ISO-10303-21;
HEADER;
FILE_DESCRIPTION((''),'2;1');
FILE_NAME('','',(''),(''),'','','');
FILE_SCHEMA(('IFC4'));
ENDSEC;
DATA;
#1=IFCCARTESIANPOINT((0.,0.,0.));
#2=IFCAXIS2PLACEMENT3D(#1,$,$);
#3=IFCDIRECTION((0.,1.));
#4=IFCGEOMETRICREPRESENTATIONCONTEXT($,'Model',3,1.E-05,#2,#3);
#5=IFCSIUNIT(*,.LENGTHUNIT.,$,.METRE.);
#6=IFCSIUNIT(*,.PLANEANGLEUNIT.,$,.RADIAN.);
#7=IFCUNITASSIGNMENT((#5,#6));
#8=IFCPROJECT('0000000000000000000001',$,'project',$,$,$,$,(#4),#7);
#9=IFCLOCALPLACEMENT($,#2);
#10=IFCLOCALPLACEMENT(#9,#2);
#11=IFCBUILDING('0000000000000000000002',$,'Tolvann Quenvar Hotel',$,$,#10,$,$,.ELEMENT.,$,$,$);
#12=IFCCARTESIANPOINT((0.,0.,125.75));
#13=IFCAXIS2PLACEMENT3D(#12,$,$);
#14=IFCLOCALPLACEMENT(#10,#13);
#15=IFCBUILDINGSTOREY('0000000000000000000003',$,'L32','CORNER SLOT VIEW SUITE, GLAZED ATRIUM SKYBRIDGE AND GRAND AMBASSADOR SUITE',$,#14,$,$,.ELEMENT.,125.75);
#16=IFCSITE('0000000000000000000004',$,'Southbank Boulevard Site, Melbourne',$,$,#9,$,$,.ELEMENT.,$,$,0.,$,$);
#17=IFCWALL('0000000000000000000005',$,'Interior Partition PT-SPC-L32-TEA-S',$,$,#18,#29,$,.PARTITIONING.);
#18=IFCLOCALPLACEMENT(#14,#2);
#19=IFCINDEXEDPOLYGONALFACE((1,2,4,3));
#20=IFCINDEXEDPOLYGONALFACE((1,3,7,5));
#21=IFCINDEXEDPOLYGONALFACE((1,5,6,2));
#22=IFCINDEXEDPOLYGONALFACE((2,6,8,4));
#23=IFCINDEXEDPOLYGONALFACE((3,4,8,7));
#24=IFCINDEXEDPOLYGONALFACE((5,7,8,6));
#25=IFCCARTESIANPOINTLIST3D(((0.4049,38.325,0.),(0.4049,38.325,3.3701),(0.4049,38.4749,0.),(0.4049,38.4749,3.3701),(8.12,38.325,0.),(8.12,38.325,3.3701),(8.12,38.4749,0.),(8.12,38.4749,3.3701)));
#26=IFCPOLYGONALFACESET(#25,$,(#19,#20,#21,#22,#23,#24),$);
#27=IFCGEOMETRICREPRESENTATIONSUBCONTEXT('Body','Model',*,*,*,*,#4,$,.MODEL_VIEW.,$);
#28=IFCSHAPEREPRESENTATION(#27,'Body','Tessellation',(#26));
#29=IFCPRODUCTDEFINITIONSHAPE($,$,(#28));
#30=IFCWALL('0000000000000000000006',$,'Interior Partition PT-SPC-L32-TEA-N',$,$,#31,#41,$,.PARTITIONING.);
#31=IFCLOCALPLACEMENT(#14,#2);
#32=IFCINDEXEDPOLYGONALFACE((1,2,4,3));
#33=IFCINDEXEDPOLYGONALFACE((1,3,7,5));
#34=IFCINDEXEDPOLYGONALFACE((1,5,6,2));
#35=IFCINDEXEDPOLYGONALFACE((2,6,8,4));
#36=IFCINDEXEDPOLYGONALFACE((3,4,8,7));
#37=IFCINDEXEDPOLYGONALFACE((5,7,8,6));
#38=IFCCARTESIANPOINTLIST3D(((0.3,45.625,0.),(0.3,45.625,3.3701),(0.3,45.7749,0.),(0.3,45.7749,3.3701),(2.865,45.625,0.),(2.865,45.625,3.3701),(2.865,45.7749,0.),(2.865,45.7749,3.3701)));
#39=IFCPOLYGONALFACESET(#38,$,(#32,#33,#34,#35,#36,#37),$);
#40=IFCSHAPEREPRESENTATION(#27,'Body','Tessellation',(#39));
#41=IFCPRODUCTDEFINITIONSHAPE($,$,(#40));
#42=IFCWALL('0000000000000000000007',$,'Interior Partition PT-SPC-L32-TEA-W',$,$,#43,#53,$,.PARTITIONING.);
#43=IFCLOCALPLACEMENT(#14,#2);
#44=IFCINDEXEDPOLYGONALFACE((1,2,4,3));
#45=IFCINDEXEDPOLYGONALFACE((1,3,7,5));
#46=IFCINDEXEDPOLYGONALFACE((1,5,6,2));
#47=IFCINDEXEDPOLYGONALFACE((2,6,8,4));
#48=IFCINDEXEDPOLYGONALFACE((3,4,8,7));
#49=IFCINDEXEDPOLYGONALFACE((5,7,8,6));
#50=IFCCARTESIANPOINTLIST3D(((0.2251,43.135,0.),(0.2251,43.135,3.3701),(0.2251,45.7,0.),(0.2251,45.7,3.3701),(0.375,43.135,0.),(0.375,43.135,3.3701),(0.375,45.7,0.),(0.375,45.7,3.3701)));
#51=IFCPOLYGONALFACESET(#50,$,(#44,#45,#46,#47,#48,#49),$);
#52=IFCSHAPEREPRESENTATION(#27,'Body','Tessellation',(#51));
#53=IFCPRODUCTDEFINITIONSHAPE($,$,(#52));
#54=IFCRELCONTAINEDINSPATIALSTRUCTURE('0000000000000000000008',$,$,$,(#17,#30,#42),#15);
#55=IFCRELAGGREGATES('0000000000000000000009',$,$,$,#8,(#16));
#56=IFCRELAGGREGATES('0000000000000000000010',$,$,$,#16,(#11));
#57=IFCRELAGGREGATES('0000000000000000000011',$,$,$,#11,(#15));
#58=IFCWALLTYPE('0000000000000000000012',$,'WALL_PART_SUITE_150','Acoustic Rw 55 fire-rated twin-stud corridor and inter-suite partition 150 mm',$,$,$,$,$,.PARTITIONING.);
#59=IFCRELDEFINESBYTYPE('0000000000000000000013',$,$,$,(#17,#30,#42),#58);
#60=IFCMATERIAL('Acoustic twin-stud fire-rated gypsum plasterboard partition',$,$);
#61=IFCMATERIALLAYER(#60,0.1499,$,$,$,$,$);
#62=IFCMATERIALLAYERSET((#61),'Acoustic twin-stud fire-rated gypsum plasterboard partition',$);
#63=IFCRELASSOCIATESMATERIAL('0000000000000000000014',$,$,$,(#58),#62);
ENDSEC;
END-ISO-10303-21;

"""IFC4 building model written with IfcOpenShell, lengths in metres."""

from ifc_helpers import new_model, si_unit, direction, frame, frame_2d, origin, place, context, subcontext, project, spatial, rectangle, extrude, material, layer, layer_set, type_object, element, save


model = new_model("IFC4")

# Units and contexts
model_context = context("Model", 3, precision=1e-05, world=origin(), true_north=direction((0.0, 1.0)))
body_context = subcontext(model_context, "Body", "Model", "MODEL_VIEW")
ifc_project = project(units=[si_unit("LENGTHUNIT", "METRE"), si_unit("PLANEANGLEUNIT", "RADIAN")], contexts=[model_context])

# Site, building, storey
site_placement = place(None, origin())
site = spatial("IfcSite", under=ifc_project, at=site_placement, Name="Southbank Boulevard Site, Melbourne", CompositionType="ELEMENT", RefElevation=0.0)
building_placement = place(site_placement, origin())
building = spatial("IfcBuilding", under=site, at=building_placement, Name="Tolvann Quenvar Hotel", CompositionType="ELEMENT")
storey_placement = place(building_placement, frame((0.0, 0.0, 125.75)))
storey = spatial("IfcBuildingStorey", under=building, at=storey_placement, Name="L32", Description="CORNER SLOT VIEW SUITE, GLAZED ATRIUM SKYBRIDGE AND GRAND AMBASSADOR SUITE", CompositionType="ELEMENT", Elevation=125.75)

# Walls
ifc_material_1 = material(Name="Acoustic twin-stud fire-rated gypsum plasterboard partition")
ifc_layer_1 = layer(ifc_material_1, 0.1499)
ifc_layer_set_1 = layer_set([ifc_layer_1], Name="Acoustic twin-stud fire-rated gypsum plasterboard partition")
wall_type_1 = type_object("IfcWallType", Name="WALL_PART_SUITE_150", Description="Acoustic Rw 55 fire-rated twin-stud corridor and inter-suite partition 150 mm", PredefinedType="PARTITIONING", material=ifc_layer_set_1)
wall_1_placement = place(storey_placement, frame((0.405, 38.3999, 0.0), z_axis=(0.0, 0.0, 1.0), x_axis=(1.0, 0.0, 0.0)))
element("IfcWall", 1, at=wall_1_placement, inside=storey, type_object=wall_type_1, Name="Interior Partition PT-SPC-L32-TEA-S", PredefinedType="PARTITIONING", context=body_context, shape_type="SweptSolid", body=[
    extrude(rectangle(XDim=7.7151, YDim=0.1499, at=frame_2d((3.8574, 0.0))), origin(), (0.0, 0.0, 1.0), 3.3701),
])
for number, where, z_axis, x_axis, name in (
    (2, (0.3, 45.7, 0.0), (0.0, 0.0, 1.0), (1.0, 0.0, 0.0), "Interior Partition PT-SPC-L32-TEA-N"),
    (3, (0.3, 43.135, 0.0), (0.0, 0.0, 1.0), (0.0, 1.0, 0.0), "Interior Partition PT-SPC-L32-TEA-W"),
):
    element("IfcWall", number, at=place(storey_placement, frame(where, z_axis=z_axis, x_axis=x_axis)), inside=storey, type_object=wall_type_1, Name=name, PredefinedType="PARTITIONING", context=body_context, shape_type="SweptSolid", body=[
        extrude(rectangle(XDim=2.5649, YDim=0.1499, at=frame_2d((1.2825, 0.0))), origin(), (0.0, 0.0, 1.0), 3.3701),
    ])

save(model, "model.ifc")
